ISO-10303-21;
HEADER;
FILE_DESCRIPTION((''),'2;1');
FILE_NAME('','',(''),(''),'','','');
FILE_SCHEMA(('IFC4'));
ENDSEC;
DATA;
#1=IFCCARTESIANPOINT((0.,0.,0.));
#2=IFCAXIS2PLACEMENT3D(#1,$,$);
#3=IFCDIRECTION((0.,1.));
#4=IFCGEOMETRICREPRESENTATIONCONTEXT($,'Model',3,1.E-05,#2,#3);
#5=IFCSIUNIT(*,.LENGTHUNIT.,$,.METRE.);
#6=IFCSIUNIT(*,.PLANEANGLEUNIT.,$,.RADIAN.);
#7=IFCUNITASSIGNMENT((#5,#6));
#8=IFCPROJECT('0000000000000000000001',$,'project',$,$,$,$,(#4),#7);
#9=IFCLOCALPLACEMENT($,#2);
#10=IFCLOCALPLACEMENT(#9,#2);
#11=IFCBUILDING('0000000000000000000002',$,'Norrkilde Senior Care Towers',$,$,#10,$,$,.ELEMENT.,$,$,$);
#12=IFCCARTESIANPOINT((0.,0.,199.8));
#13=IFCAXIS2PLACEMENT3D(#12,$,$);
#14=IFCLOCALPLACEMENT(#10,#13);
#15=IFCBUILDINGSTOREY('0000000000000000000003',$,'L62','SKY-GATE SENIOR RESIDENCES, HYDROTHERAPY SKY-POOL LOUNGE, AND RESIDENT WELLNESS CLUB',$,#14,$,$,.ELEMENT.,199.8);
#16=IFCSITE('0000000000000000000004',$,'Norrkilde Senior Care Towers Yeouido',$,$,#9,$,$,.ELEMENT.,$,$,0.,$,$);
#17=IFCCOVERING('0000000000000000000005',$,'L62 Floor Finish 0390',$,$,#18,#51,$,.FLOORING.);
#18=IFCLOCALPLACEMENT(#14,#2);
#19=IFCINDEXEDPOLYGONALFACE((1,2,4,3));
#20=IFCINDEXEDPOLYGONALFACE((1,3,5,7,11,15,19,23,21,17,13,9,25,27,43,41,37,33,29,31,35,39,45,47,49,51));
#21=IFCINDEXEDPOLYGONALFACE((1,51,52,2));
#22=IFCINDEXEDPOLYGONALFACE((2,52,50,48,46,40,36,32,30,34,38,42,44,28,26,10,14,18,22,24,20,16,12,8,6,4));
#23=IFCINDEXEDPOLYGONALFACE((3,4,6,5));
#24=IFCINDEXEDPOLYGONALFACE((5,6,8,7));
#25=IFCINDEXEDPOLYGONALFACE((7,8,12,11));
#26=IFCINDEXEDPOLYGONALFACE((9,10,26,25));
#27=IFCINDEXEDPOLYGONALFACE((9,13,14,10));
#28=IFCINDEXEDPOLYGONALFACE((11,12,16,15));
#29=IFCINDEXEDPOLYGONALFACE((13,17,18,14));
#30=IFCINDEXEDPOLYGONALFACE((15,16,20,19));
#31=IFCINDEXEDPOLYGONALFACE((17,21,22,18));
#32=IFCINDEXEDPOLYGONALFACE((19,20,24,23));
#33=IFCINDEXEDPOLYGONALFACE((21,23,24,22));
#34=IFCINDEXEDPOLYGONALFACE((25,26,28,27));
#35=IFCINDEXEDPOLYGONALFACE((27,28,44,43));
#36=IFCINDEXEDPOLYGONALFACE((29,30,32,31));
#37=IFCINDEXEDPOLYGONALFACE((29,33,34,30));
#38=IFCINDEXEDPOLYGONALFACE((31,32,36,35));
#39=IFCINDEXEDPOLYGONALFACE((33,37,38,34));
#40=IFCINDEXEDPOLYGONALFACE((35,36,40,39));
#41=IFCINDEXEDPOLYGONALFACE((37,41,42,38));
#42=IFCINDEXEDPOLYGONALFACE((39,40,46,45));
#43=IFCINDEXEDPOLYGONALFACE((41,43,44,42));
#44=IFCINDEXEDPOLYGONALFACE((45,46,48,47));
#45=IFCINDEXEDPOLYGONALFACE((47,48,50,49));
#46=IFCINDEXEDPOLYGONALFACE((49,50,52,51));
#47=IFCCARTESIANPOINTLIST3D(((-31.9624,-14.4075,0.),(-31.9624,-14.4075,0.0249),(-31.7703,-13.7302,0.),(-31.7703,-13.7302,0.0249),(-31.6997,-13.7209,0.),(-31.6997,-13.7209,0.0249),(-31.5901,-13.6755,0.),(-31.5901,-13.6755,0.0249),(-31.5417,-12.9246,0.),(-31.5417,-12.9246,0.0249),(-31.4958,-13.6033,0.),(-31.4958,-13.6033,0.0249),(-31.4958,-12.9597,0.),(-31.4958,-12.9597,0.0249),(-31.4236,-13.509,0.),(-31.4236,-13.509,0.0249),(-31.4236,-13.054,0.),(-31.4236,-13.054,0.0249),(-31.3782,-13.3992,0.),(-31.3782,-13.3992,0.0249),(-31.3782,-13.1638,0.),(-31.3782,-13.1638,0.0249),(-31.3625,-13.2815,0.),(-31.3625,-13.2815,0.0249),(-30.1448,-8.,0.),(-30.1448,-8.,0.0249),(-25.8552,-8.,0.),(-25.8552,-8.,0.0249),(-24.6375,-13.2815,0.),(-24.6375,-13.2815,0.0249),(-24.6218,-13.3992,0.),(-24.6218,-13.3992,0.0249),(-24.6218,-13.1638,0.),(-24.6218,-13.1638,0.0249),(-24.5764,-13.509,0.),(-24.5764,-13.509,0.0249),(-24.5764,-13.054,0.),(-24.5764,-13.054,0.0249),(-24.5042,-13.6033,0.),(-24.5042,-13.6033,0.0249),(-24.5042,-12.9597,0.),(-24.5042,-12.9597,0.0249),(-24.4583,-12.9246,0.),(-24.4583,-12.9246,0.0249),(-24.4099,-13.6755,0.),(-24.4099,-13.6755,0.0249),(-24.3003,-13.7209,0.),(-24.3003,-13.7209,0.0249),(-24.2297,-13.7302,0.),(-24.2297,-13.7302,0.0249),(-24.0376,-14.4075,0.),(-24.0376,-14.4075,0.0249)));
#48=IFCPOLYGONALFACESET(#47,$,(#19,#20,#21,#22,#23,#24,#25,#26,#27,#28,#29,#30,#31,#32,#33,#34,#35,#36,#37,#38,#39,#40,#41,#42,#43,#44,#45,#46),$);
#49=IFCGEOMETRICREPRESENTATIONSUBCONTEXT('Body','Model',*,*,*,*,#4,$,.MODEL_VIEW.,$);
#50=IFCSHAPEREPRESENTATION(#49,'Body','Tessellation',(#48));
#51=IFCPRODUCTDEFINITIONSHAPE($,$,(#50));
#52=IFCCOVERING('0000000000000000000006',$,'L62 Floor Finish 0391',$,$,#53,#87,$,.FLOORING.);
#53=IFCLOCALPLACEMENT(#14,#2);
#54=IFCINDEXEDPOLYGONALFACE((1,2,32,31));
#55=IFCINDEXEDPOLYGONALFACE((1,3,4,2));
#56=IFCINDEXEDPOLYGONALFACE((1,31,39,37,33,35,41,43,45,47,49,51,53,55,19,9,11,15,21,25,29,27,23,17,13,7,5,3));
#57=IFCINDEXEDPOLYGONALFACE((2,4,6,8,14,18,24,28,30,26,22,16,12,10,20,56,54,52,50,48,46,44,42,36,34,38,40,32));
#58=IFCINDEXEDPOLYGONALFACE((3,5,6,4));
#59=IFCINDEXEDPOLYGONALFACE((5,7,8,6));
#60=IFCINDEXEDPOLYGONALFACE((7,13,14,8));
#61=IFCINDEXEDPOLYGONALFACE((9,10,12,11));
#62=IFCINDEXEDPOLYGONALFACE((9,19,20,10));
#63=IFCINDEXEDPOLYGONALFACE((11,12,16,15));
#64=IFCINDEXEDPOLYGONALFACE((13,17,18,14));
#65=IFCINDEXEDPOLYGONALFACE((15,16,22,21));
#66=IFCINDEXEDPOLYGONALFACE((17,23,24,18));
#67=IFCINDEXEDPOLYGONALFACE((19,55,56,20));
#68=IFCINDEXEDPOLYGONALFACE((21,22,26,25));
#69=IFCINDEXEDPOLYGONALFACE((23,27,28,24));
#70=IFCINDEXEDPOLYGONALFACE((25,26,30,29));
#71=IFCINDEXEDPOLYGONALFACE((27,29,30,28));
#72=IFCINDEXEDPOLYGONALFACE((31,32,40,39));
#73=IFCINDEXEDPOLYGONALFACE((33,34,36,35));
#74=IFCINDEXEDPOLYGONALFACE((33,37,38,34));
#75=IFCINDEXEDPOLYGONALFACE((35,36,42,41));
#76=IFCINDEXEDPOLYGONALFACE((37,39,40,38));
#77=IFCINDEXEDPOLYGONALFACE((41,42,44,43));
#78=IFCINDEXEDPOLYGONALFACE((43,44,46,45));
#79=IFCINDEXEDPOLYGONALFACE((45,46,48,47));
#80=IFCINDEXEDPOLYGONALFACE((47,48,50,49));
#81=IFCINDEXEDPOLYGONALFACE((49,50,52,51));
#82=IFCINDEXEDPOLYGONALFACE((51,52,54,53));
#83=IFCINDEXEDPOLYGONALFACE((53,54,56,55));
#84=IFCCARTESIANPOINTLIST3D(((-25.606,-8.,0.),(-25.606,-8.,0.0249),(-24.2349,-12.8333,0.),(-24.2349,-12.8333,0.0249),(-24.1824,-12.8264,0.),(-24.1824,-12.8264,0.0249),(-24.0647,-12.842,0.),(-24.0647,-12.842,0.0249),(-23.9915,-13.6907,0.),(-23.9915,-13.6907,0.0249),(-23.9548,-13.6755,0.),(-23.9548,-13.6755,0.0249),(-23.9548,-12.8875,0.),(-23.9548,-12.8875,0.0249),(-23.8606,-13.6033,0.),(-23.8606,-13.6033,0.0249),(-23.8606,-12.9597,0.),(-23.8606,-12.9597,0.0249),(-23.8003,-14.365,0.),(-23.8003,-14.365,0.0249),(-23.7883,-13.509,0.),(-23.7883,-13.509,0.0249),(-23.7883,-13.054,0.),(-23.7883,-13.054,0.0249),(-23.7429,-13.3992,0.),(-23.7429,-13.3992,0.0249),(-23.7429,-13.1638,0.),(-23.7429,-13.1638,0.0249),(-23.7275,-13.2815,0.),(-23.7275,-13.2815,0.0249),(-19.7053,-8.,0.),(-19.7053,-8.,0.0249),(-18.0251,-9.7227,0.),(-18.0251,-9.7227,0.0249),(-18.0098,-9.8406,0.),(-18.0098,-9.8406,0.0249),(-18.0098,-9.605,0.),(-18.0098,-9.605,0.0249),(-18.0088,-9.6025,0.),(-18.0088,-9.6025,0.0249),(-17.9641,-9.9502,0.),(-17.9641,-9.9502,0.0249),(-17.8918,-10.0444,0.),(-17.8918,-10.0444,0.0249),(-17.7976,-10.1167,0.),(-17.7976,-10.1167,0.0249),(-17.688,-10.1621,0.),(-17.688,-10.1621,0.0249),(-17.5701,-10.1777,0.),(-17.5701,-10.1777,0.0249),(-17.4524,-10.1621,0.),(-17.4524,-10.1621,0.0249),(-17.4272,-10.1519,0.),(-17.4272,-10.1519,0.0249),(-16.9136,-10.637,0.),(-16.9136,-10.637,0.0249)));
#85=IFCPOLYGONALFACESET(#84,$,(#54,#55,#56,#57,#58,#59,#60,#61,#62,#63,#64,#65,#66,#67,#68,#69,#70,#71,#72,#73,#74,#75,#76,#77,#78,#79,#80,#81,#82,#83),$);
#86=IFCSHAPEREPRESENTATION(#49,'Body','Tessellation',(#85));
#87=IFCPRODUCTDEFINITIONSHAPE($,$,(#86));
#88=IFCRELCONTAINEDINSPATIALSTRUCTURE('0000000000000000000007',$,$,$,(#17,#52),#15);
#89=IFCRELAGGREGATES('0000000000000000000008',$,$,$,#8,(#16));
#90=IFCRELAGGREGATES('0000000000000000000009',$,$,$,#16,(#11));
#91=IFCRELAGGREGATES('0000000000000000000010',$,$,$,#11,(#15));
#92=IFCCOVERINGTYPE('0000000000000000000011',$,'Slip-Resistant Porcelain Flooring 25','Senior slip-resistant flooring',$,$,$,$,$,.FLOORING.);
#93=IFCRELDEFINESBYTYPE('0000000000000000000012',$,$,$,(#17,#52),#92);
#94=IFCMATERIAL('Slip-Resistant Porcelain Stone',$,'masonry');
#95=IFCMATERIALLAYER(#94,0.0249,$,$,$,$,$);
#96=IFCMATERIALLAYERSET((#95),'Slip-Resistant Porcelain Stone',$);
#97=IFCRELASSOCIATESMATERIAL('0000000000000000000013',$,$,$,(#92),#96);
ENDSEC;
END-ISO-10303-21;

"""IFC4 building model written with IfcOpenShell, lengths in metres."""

from ifc_helpers import new_model, si_unit, direction, frame, origin, place, context, subcontext, project, spatial, polyline, outline, extrude, material, layer, layer_set, type_object, element, save


model = new_model("IFC4")

# Units and contexts
model_context = context("Model", 3, precision=1e-05, world=origin(), true_north=direction((0.0, 1.0)))
body_context = subcontext(model_context, "Body", "Model", "MODEL_VIEW")
ifc_project = project(units=[si_unit("LENGTHUNIT", "METRE"), si_unit("PLANEANGLEUNIT", "RADIAN")], contexts=[model_context])

# Site, building, storey
site_placement = place(None, origin())
site = spatial("IfcSite", under=ifc_project, at=site_placement, Name="Norrkilde Senior Care Towers Yeouido", CompositionType="ELEMENT", RefElevation=0.0)
building_placement = place(site_placement, origin())
building = spatial("IfcBuilding", under=site, at=building_placement, Name="Norrkilde Senior Care Towers", CompositionType="ELEMENT")
storey_placement = place(building_placement, frame((0.0, 0.0, 199.8)))
storey = spatial("IfcBuildingStorey", under=building, at=storey_placement, Name="L62", Description="SKY-GATE SENIOR RESIDENCES, HYDROTHERAPY SKY-POOL LOUNGE, AND RESIDENT WELLNESS CLUB", CompositionType="ELEMENT", Elevation=199.8)

# Coverings
ifc_material_1 = material(Name="Slip-Resistant Porcelain Stone", Category="masonry")
ifc_layer_1 = layer(ifc_material_1, 0.0249)
ifc_layer_set_1 = layer_set([ifc_layer_1], Name="Slip-Resistant Porcelain Stone")
covering_type_1 = type_object("IfcCoveringType", Name="Slip-Resistant Porcelain Flooring 25", Description="Senior slip-resistant flooring", PredefinedType="FLOORING", material=ifc_layer_set_1)
covering_1_placement = place(storey_placement, origin())
element("IfcCovering", 1, at=covering_1_placement, inside=storey, type_object=covering_type_1, Name="L62 Floor Finish 0390", PredefinedType="FLOORING", context=body_context, shape_type="SweptSolid", body=[
    extrude(outline(polyline([(-31.9624, -14.4075), (-31.7703, -13.7302), (-31.6997, -13.7209), (-31.5901, -13.6755), (-31.4958, -13.6033), (-31.4236, -13.509), (-31.3782, -13.3992), (-31.3625, -13.2815), (-31.3782, -13.1638), (-31.4236, -13.054), (-31.4958, -12.9597), (-31.5417, -12.9246), (-30.1448, -8.0), (-25.8552, -8.0), (-24.4583, -12.9246), (-24.5042, -12.9597), (-24.5764, -13.054), (-24.6218, -13.1638), (-24.6375, -13.2815), (-24.6218, -13.3992), (-24.5764, -13.509), (-24.5042, -13.6033), (-24.4099, -13.6755), (-24.3003, -13.7209), (-24.2297, -13.7302), (-24.0376, -14.4075), (-31.9624, -14.4075)])), origin(), (0.0, 0.0, 1.0), 0.0249),
])
covering_2_placement = place(storey_placement, origin())
element("IfcCovering", 2, at=covering_2_placement, inside=storey, type_object=covering_type_1, Name="L62 Floor Finish 0391", PredefinedType="FLOORING", context=body_context, shape_type="SweptSolid", body=[
    extrude(outline(polyline([(-23.8003, -14.365), (-23.9915, -13.6907), (-23.9548, -13.6755), (-23.8606, -13.6033), (-23.7883, -13.509), (-23.7429, -13.3992), (-23.7275, -13.2815), (-23.7429, -13.1638), (-23.7883, -13.054), (-23.8606, -12.9597), (-23.9548, -12.8875), (-24.0647, -12.842), (-24.1824, -12.8264), (-24.2349, -12.8333), (-25.606, -8.0), (-19.7053, -8.0), (-18.0088, -9.6025), (-18.0098, -9.605), (-18.0251, -9.7227), (-18.0098, -9.8406), (-17.9641, -9.9502), (-17.8918, -10.0444), (-17.7976, -10.1167), (-17.688, -10.1621), (-17.5701, -10.1777), (-17.4524, -10.1621), (-17.4272, -10.1519), (-16.9136, -10.637), (-23.8003, -14.365)])), origin(), (0.0, 0.0, 1.0), 0.0249),
])

save(model, "model.ifc")
